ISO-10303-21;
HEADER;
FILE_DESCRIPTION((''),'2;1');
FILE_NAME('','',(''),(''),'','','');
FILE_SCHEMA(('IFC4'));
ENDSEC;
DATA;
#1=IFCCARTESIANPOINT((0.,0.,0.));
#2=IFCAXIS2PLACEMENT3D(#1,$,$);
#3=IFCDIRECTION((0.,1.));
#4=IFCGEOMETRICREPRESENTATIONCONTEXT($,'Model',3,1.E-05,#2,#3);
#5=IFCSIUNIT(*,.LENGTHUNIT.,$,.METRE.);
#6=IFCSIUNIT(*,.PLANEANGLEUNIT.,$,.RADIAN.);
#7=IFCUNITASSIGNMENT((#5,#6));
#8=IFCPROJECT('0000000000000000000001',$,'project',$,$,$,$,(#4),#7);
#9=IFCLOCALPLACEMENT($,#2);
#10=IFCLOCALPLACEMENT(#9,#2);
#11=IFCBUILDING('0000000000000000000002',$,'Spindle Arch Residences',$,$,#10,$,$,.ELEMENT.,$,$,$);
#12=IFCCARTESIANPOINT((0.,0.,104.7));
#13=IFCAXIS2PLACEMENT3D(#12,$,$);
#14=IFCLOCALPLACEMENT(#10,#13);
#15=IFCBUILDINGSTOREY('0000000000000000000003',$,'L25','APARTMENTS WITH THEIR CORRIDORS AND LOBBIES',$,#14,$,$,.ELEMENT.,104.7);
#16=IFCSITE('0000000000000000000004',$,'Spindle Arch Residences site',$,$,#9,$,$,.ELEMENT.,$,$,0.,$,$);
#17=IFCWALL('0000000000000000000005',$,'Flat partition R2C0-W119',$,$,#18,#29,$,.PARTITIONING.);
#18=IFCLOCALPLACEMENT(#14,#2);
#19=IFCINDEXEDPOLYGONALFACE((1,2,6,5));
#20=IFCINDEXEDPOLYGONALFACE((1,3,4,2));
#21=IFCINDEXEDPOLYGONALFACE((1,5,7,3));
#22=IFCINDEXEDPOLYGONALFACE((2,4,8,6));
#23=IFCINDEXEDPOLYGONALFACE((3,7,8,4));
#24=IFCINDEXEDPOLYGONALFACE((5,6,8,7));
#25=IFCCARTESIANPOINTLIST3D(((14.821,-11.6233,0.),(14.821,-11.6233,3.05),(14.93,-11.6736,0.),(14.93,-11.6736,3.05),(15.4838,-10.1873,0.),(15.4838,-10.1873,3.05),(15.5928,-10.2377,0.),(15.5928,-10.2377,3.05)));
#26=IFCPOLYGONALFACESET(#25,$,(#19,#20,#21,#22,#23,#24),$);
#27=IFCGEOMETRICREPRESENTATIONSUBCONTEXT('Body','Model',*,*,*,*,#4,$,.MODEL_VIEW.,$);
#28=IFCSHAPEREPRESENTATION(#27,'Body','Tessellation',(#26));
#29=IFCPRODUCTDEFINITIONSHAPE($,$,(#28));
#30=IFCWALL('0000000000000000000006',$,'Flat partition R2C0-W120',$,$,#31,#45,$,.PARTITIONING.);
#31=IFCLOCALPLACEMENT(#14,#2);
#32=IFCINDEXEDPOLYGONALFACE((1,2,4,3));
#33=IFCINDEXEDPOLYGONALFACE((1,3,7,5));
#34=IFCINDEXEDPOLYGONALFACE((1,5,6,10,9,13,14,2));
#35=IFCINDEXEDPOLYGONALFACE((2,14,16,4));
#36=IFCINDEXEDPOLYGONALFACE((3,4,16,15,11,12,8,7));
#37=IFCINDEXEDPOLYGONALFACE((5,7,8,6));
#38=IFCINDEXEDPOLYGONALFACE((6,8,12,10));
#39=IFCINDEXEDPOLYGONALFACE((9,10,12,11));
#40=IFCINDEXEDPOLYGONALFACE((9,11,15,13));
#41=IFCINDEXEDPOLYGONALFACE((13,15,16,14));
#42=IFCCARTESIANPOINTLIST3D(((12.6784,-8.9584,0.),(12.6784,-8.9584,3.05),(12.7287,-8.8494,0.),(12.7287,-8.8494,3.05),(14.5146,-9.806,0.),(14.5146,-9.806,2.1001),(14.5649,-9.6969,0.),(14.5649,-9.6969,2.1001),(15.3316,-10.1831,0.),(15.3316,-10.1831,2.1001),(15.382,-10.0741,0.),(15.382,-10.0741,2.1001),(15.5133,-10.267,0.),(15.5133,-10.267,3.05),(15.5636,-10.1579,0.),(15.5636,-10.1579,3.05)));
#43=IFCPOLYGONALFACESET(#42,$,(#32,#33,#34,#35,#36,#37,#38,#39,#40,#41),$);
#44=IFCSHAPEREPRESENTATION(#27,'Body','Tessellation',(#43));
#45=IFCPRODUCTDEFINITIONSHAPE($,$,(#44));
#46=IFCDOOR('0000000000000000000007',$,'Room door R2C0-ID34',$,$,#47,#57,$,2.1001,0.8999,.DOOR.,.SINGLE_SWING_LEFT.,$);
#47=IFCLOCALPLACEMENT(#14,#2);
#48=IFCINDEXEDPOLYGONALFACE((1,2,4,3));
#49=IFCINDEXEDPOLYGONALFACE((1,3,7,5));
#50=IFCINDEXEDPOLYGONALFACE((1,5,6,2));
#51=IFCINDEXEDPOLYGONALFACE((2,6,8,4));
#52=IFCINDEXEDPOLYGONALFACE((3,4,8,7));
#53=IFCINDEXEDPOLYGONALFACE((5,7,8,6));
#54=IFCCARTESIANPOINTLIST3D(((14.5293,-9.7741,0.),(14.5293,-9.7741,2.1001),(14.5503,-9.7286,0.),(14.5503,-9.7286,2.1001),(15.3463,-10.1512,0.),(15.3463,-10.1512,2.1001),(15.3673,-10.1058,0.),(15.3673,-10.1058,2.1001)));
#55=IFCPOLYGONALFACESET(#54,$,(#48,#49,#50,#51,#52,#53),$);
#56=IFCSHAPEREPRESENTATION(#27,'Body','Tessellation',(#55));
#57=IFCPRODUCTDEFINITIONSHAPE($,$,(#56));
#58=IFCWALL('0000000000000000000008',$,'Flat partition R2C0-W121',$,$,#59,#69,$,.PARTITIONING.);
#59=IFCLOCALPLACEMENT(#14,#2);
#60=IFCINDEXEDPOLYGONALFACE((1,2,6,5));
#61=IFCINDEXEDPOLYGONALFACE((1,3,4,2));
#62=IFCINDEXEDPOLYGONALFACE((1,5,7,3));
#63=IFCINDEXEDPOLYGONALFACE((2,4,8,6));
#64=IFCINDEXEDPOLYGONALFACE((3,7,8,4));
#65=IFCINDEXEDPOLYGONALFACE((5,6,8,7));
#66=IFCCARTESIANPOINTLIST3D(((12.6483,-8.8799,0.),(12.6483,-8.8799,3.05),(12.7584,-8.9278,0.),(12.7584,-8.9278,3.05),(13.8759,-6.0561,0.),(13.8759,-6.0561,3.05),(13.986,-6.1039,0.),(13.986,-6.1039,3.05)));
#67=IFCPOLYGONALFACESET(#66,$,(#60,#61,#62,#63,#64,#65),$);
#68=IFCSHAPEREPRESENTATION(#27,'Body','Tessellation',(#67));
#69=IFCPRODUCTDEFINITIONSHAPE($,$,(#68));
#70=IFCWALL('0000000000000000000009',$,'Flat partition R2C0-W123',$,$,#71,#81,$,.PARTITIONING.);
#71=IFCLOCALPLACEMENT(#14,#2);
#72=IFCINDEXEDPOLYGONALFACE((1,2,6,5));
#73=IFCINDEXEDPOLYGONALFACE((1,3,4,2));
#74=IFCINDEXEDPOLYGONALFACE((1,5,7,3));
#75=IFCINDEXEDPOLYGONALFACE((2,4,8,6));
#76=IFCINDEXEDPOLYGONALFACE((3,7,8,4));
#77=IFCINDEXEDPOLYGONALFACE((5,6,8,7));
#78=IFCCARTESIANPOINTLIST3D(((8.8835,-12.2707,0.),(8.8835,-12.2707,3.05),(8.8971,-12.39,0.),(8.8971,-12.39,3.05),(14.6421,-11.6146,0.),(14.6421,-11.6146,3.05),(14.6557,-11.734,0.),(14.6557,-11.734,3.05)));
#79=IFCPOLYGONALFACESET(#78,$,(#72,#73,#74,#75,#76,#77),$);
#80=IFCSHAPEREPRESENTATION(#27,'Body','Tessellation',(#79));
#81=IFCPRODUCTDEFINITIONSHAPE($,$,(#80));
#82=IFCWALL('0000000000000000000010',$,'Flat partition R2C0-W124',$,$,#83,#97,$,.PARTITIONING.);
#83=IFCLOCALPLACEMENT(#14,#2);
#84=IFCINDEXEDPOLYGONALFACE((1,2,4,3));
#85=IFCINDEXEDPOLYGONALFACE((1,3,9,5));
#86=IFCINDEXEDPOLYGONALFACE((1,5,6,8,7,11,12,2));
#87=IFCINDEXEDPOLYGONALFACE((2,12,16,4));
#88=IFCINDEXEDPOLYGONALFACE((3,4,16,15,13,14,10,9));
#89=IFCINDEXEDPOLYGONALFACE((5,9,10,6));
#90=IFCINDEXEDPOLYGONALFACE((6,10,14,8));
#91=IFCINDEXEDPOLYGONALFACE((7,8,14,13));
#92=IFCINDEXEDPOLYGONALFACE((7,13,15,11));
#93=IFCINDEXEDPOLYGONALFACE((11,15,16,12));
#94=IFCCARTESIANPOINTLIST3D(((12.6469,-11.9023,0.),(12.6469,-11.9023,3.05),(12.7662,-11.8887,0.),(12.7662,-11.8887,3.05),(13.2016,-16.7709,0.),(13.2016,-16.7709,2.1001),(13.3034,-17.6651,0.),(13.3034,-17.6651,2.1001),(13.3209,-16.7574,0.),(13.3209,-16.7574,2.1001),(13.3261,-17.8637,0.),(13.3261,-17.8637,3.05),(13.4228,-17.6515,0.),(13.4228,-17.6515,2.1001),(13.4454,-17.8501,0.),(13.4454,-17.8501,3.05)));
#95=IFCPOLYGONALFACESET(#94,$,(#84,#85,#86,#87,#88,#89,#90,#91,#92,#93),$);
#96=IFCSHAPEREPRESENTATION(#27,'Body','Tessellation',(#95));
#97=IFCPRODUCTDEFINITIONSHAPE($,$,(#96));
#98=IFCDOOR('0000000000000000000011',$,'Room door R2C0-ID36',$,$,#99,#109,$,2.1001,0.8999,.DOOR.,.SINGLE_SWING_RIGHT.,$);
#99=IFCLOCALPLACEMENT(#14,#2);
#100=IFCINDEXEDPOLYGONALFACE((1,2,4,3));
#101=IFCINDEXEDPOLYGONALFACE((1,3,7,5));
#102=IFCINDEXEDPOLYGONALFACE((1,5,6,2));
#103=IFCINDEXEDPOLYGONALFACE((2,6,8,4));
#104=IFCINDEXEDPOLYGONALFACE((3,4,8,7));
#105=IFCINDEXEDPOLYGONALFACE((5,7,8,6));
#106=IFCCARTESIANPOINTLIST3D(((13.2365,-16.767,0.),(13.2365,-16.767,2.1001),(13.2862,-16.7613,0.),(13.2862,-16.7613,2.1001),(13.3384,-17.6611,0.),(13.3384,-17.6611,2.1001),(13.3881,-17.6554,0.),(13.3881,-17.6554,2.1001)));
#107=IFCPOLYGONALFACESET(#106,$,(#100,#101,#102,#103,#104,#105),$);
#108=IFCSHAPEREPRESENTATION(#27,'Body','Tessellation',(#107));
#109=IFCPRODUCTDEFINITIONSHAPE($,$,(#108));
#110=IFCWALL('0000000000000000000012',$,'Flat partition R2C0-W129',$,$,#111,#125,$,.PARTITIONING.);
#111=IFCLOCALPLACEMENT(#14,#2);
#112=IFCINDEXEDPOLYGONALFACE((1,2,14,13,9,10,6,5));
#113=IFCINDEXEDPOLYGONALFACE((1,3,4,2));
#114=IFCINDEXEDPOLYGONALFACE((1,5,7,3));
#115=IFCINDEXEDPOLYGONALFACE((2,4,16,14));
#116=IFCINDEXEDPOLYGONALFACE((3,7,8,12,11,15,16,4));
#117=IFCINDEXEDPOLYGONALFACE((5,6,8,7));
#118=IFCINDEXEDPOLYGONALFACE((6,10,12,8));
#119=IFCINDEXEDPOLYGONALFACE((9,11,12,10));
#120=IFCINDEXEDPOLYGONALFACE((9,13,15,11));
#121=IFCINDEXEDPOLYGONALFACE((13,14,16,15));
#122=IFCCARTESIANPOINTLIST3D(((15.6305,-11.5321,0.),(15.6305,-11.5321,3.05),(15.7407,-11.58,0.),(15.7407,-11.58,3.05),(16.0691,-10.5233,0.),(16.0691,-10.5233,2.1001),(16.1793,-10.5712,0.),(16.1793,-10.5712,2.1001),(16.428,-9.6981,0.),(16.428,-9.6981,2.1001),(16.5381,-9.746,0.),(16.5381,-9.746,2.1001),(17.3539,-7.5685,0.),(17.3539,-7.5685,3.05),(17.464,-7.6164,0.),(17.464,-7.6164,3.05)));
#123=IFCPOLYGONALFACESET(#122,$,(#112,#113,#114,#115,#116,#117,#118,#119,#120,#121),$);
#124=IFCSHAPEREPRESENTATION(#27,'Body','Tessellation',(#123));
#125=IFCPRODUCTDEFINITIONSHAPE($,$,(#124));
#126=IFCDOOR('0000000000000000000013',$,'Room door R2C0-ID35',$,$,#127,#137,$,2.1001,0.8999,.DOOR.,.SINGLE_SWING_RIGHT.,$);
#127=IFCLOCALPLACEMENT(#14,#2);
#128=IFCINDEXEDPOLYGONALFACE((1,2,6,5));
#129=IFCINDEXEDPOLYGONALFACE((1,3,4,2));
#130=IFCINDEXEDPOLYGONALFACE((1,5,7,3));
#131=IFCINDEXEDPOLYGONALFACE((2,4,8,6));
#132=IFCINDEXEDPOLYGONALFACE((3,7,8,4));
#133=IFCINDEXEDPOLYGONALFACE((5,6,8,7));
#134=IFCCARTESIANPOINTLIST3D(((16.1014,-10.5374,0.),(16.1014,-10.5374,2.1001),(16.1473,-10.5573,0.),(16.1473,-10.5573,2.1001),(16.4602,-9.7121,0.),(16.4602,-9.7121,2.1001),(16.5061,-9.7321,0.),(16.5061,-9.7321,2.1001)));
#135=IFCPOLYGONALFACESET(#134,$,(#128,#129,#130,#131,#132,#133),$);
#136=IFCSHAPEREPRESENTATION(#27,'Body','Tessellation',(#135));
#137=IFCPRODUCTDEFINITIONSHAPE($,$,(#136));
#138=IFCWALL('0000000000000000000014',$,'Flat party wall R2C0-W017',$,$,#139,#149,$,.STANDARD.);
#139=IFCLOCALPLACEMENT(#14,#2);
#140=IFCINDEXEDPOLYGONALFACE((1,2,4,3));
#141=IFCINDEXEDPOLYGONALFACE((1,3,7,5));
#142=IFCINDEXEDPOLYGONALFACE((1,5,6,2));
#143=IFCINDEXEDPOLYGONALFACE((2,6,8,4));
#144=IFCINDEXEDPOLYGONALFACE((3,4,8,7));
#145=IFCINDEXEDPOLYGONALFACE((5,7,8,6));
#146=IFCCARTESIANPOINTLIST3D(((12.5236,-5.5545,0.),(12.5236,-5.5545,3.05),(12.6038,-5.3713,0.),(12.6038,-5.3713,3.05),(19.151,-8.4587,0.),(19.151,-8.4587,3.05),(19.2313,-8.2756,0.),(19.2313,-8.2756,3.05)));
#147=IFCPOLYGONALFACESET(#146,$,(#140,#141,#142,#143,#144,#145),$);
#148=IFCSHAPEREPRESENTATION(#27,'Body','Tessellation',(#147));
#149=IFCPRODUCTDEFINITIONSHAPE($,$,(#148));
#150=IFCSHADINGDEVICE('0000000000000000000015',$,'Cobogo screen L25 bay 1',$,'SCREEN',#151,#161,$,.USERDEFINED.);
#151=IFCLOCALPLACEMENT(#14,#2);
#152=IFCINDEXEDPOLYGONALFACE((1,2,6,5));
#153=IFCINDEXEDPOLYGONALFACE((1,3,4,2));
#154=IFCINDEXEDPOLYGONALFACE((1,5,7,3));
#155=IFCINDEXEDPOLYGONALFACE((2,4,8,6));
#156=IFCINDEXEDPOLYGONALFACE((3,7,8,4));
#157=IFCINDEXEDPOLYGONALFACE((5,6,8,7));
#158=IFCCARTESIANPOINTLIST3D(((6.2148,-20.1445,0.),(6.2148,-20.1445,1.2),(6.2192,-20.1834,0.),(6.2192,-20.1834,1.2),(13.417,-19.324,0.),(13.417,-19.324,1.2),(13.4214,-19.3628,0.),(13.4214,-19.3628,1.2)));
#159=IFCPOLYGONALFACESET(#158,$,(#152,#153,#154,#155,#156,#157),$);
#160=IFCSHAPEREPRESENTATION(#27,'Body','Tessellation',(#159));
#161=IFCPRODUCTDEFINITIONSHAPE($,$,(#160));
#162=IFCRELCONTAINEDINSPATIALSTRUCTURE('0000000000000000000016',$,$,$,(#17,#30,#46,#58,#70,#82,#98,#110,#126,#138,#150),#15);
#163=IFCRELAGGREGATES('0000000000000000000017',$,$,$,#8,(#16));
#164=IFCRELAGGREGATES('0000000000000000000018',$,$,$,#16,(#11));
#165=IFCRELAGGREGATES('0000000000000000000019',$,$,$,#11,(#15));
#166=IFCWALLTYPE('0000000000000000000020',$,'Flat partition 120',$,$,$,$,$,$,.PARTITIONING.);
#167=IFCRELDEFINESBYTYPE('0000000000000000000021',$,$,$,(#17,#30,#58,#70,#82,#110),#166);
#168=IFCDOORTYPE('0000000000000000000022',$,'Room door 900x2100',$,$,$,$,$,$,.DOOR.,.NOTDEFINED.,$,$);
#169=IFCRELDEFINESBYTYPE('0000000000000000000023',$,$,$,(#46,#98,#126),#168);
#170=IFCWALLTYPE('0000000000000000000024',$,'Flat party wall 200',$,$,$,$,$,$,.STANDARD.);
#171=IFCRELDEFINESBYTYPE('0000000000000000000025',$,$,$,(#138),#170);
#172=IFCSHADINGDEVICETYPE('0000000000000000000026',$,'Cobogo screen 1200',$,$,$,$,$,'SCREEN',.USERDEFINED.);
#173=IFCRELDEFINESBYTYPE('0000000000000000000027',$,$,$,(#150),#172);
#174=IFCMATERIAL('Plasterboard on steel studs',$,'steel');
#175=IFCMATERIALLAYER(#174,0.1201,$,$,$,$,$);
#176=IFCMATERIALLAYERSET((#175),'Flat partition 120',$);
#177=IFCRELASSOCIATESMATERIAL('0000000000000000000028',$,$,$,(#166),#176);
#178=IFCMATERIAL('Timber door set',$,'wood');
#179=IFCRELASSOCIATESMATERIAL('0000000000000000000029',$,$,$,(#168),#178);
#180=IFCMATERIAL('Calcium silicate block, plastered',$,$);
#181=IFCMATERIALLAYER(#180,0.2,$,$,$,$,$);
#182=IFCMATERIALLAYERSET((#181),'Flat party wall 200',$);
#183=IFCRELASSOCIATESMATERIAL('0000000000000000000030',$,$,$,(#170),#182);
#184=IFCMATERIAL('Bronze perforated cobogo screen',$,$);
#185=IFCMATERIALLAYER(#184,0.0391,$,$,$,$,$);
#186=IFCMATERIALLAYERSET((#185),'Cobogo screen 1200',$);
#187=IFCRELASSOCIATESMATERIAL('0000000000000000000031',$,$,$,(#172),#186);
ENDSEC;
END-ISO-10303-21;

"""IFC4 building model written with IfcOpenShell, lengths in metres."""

from ifc_helpers import new_model, si_unit, direction, frame, frame_2d, origin, origin_2d, place, context, subcontext, project, spatial, rectangle, extrude, material, layer, layer_set, type_object, element, fill, save


model = new_model("IFC4")

# Units and contexts
model_context = context("Model", 3, precision=1e-05, world=origin(), true_north=direction((0.0, 1.0)))
body_context = subcontext(model_context, "Body", "Model", "MODEL_VIEW")
ifc_project = project(units=[si_unit("LENGTHUNIT", "METRE"), si_unit("PLANEANGLEUNIT", "RADIAN")], contexts=[model_context])

# Site, building, storey
site_placement = place(None, origin())
site = spatial("IfcSite", under=ifc_project, at=site_placement, Name="Spindle Arch Residences site", CompositionType="ELEMENT", RefElevation=0.0)
building_placement = place(site_placement, origin())
building = spatial("IfcBuilding", under=site, at=building_placement, Name="Spindle Arch Residences", CompositionType="ELEMENT")
storey_placement = place(building_placement, frame((0.0, 0.0, 104.7)))
storey = spatial("IfcBuildingStorey", under=building, at=storey_placement, Name="L25", Description="APARTMENTS WITH THEIR CORRIDORS AND LOBBIES", CompositionType="ELEMENT", Elevation=104.7)

# Shared definitions
ifc_material_1 = material(Name="Plasterboard on steel studs", Category="steel")
ifc_layer_1 = layer(ifc_material_1, 0.1201)
ifc_layer_set_1 = layer_set([ifc_layer_1], Name="Flat partition 120")
wall_type_1 = type_object("IfcWallType", Name="Flat partition 120", PredefinedType="PARTITIONING", material=ifc_layer_set_1)

# Wall
wall_1_placement = place(storey_placement, frame((14.8755, -11.6484, 0.0), z_axis=(0.0, 0.0, 1.0), x_axis=(0.419088, 0.907946, 0.0)))
element("IfcWall", 1, at=wall_1_placement, inside=storey, type_object=wall_type_1, Name="Flat partition R2C0-W119", PredefinedType="PARTITIONING", context=body_context, shape_type="SweptSolid", body=[
    extrude(rectangle(XDim=1.5815, YDim=0.1201, at=frame_2d((0.7908, 0.0))), origin(), (0.0, 0.0, 1.0), 3.05),
])

# Wall, opening, door
wall_2_placement = place(storey_placement, frame((15.5383, -10.2124, 0.0), z_axis=(0.0, 0.0, 1.0), x_axis=(-0.907941, 0.419098, 0.0)))
wall_2 = element("IfcWall", 2, at=wall_2_placement, inside=storey, type_object=wall_type_1, Name="Flat partition R2C0-W120", PredefinedType="PARTITIONING", context=body_context, shape_type="SweptSolid", body=[
    extrude(rectangle(XDim=3.1223, YDim=0.1201, at=frame_2d((1.561, 0.0))), origin(), (0.0, 0.0, 1.0), 3.05),
])
opening_1_placement = place(wall_2_placement, frame((0.2, 0.0, 0.0)))
opening_1 = element("IfcOpeningElement", 3, at=opening_1_placement, cuts=wall_2, PredefinedType="OPENING", context=body_context, shape_type="SweptSolid", body=[
    extrude(rectangle(XDim=0.8999, YDim=2.1001, at=frame_2d((0.45, 1.05))), frame((0.0, 0.0701, 0.0), z_axis=(0.0, -1.0, 0.0), x_axis=(1.0, 0.0, 0.0)), (0.0, 0.0, 1.0), 0.1401),
])
ifc_material_2 = material(Name="Timber door set", Category="wood")
door_type_1 = type_object("IfcDoorType", Name="Room door 900x2100", OperationType="NOTDEFINED", PredefinedType="DOOR", material=ifc_material_2)
door_1_placement = place(opening_1_placement, origin())
door_1 = element("IfcDoor", 4, at=door_1_placement, inside=storey, type_object=door_type_1, Name="Room door R2C0-ID34", OperationType="SINGLE_SWING_LEFT", OverallHeight=2.1001, OverallWidth=0.8999, PredefinedType="DOOR", context=body_context, shape_type="SweptSolid", body=[
    extrude(rectangle(XDim=0.8999, YDim=2.1001, at=frame_2d((0.45, 1.05))), frame((0.0, 0.0249, 0.0), z_axis=(0.0, -1.0, 0.0), x_axis=(1.0, 0.0, 0.0)), (0.0, 0.0, 1.0), 0.05),
])
fill(opening_1, door_1)

# Walls
wall_3_placement = place(storey_placement, frame((12.7034, -8.9038, 0.0), z_axis=(0.0, 0.0, 1.0), x_axis=(0.39868, 0.91709, 0.0)))
element("IfcWall", 5, at=wall_3_placement, inside=storey, type_object=wall_type_1, Name="Flat partition R2C0-W121", PredefinedType="PARTITIONING", context=body_context, shape_type="SweptSolid", body=[
    extrude(rectangle(XDim=3.0791, YDim=0.1201, at=frame_2d((1.5396, 0.0))), origin(), (0.0, 0.0, 1.0), 3.05),
])
wall_4_placement = place(storey_placement, frame((14.6489, -11.6743, 0.0), z_axis=(0.0, 0.0, 1.0), x_axis=(-0.993574, -0.113187, 0.0)))
element("IfcWall", 6, at=wall_4_placement, inside=storey, type_object=wall_type_1, Name="Flat partition R2C0-W123", PredefinedType="PARTITIONING", context=body_context, shape_type="SweptSolid", body=[
    extrude(rectangle(XDim=5.7959, YDim=0.1201, at=frame_2d((2.8979, 0.0))), origin(), (0.0, 0.0, 1.0), 3.05),
])

# Walls, openings, doors
wall_5_placement = place(storey_placement, frame((13.3857, -17.8569, 0.0), z_axis=(0.0, 0.0, 1.0), x_axis=(-0.1132, 0.993572, 0.0)))
wall_5 = element("IfcWall", 7, at=wall_5_placement, inside=storey, type_object=wall_type_1, Name="Flat partition R2C0-W124", PredefinedType="PARTITIONING", context=body_context, shape_type="SweptSolid", body=[
    extrude(rectangle(XDim=6.0, YDim=0.1201, at=frame_2d((3.0, 0.0))), origin(), (0.0, 0.0, 1.0), 3.05),
])
opening_2_placement = place(wall_5_placement, frame((0.2, 0.0, 0.0)))
opening_2 = element("IfcOpeningElement", 8, at=opening_2_placement, cuts=wall_5, PredefinedType="OPENING", context=body_context, shape_type="SweptSolid", body=[
    extrude(rectangle(XDim=0.8999, YDim=2.1001, at=frame_2d((0.45, 1.05))), frame((0.0, 0.0701, 0.0), z_axis=(0.0, -1.0, 0.0), x_axis=(1.0, 0.0, 0.0)), (0.0, 0.0, 1.0), 0.1401),
])
door_2_placement = place(opening_2_placement, origin())
door_2 = element("IfcDoor", 9, at=door_2_placement, inside=storey, type_object=door_type_1, Name="Room door R2C0-ID36", OperationType="SINGLE_SWING_RIGHT", OverallHeight=2.1001, OverallWidth=0.8999, PredefinedType="DOOR", context=body_context, shape_type="SweptSolid", body=[
    extrude(rectangle(XDim=0.8999, YDim=2.1001, at=frame_2d((0.45, 1.05))), frame((0.0, 0.0249, 0.0), z_axis=(0.0, -1.0, 0.0), x_axis=(1.0, 0.0, 0.0)), (0.0, 0.0, 1.0), 0.05),
])
fill(opening_2, door_2)
wall_6_placement = place(storey_placement, frame((15.6855, -11.5562, 0.0), z_axis=(0.0, 0.0, 1.0), x_axis=(0.398741, 0.917064, 0.0)))
wall_6 = element("IfcWall", 10, at=wall_6_placement, inside=storey, type_object=wall_type_1, Name="Flat partition R2C0-W129", PredefinedType="PARTITIONING", context=body_context, shape_type="SweptSolid", body=[
    extrude(rectangle(XDim=4.322, YDim=0.1201, at=frame_2d((2.1611, 0.0))), origin(), (0.0, 0.0, 1.0), 3.05),
])
opening_3_placement = place(wall_6_placement, frame((1.1001, 0.0, 0.0)))
opening_3 = element("IfcOpeningElement", 11, at=opening_3_placement, cuts=wall_6, PredefinedType="OPENING", context=body_context, shape_type="SweptSolid", body=[
    extrude(rectangle(XDim=0.8999, YDim=2.1001, at=frame_2d((0.45, 1.05))), frame((0.0, 0.0701, 0.0), z_axis=(0.0, -1.0, 0.0), x_axis=(1.0, 0.0, 0.0)), (0.0, 0.0, 1.0), 0.1401),
])
door_3_placement = place(opening_3_placement, origin())
door_3 = element("IfcDoor", 12, at=door_3_placement, inside=storey, type_object=door_type_1, Name="Room door R2C0-ID35", OperationType="SINGLE_SWING_RIGHT", OverallHeight=2.1001, OverallWidth=0.8999, PredefinedType="DOOR", context=body_context, shape_type="SweptSolid", body=[
    extrude(rectangle(XDim=0.8999, YDim=2.1001, at=frame_2d((0.45, 1.05))), frame((0.0, 0.0249, 0.0), z_axis=(0.0, -1.0, 0.0), x_axis=(1.0, 0.0, 0.0)), (0.0, 0.0, 1.0), 0.05),
])
fill(opening_3, door_3)

# Wall
ifc_material_3 = material(Name="Calcium silicate block, plastered")
ifc_layer_2 = layer(ifc_material_3, 0.2)
ifc_layer_set_2 = layer_set([ifc_layer_2], Name="Flat party wall 200")
wall_type_2 = type_object("IfcWallType", Name="Flat party wall 200", PredefinedType="STANDARD", material=ifc_layer_set_2)
wall_7_placement = place(storey_placement, frame((12.5637, -5.4629, 0.0), z_axis=(0.0, 0.0, 1.0), x_axis=(0.915914, -0.401375, 0.0)))
element("IfcWall", 13, at=wall_7_placement, inside=storey, type_object=wall_type_2, Name="Flat party wall R2C0-W017", PredefinedType="STANDARD", context=body_context, shape_type="SweptSolid", body=[
    extrude(rectangle(XDim=7.2358, YDim=0.2, at=frame_2d((3.6179, 0.0))), origin(), (0.0, 0.0, 1.0), 3.05),
])

# Shading device
ifc_material_4 = material(Name="Bronze perforated cobogo screen")
ifc_layer_3 = layer(ifc_material_4, 0.0391)
ifc_layer_set_3 = layer_set([ifc_layer_3], Name="Cobogo screen 1200")
shading_device_type = type_object("IfcShadingDeviceType", Name="Cobogo screen 1200", ElementType="SCREEN", PredefinedType="USERDEFINED", material=ifc_layer_set_3)
shading_device_placement = place(storey_placement, frame((9.8181, -19.7537, 0.0), z_axis=(0.0, 0.0, 1.0), x_axis=(0.993572, 0.113203, 0.0)))
element("IfcShadingDevice", 14, at=shading_device_placement, inside=storey, type_object=shading_device_type, Name="Cobogo screen L25 bay 1", ObjectType="SCREEN", PredefinedType="USERDEFINED", context=body_context, shape_type="SweptSolid", body=[
    extrude(rectangle(XDim=7.2488, YDim=0.0391, at=origin_2d()), origin(), (0.0, 0.0, 1.0), 1.2),
])

save(model, "model.ifc")
